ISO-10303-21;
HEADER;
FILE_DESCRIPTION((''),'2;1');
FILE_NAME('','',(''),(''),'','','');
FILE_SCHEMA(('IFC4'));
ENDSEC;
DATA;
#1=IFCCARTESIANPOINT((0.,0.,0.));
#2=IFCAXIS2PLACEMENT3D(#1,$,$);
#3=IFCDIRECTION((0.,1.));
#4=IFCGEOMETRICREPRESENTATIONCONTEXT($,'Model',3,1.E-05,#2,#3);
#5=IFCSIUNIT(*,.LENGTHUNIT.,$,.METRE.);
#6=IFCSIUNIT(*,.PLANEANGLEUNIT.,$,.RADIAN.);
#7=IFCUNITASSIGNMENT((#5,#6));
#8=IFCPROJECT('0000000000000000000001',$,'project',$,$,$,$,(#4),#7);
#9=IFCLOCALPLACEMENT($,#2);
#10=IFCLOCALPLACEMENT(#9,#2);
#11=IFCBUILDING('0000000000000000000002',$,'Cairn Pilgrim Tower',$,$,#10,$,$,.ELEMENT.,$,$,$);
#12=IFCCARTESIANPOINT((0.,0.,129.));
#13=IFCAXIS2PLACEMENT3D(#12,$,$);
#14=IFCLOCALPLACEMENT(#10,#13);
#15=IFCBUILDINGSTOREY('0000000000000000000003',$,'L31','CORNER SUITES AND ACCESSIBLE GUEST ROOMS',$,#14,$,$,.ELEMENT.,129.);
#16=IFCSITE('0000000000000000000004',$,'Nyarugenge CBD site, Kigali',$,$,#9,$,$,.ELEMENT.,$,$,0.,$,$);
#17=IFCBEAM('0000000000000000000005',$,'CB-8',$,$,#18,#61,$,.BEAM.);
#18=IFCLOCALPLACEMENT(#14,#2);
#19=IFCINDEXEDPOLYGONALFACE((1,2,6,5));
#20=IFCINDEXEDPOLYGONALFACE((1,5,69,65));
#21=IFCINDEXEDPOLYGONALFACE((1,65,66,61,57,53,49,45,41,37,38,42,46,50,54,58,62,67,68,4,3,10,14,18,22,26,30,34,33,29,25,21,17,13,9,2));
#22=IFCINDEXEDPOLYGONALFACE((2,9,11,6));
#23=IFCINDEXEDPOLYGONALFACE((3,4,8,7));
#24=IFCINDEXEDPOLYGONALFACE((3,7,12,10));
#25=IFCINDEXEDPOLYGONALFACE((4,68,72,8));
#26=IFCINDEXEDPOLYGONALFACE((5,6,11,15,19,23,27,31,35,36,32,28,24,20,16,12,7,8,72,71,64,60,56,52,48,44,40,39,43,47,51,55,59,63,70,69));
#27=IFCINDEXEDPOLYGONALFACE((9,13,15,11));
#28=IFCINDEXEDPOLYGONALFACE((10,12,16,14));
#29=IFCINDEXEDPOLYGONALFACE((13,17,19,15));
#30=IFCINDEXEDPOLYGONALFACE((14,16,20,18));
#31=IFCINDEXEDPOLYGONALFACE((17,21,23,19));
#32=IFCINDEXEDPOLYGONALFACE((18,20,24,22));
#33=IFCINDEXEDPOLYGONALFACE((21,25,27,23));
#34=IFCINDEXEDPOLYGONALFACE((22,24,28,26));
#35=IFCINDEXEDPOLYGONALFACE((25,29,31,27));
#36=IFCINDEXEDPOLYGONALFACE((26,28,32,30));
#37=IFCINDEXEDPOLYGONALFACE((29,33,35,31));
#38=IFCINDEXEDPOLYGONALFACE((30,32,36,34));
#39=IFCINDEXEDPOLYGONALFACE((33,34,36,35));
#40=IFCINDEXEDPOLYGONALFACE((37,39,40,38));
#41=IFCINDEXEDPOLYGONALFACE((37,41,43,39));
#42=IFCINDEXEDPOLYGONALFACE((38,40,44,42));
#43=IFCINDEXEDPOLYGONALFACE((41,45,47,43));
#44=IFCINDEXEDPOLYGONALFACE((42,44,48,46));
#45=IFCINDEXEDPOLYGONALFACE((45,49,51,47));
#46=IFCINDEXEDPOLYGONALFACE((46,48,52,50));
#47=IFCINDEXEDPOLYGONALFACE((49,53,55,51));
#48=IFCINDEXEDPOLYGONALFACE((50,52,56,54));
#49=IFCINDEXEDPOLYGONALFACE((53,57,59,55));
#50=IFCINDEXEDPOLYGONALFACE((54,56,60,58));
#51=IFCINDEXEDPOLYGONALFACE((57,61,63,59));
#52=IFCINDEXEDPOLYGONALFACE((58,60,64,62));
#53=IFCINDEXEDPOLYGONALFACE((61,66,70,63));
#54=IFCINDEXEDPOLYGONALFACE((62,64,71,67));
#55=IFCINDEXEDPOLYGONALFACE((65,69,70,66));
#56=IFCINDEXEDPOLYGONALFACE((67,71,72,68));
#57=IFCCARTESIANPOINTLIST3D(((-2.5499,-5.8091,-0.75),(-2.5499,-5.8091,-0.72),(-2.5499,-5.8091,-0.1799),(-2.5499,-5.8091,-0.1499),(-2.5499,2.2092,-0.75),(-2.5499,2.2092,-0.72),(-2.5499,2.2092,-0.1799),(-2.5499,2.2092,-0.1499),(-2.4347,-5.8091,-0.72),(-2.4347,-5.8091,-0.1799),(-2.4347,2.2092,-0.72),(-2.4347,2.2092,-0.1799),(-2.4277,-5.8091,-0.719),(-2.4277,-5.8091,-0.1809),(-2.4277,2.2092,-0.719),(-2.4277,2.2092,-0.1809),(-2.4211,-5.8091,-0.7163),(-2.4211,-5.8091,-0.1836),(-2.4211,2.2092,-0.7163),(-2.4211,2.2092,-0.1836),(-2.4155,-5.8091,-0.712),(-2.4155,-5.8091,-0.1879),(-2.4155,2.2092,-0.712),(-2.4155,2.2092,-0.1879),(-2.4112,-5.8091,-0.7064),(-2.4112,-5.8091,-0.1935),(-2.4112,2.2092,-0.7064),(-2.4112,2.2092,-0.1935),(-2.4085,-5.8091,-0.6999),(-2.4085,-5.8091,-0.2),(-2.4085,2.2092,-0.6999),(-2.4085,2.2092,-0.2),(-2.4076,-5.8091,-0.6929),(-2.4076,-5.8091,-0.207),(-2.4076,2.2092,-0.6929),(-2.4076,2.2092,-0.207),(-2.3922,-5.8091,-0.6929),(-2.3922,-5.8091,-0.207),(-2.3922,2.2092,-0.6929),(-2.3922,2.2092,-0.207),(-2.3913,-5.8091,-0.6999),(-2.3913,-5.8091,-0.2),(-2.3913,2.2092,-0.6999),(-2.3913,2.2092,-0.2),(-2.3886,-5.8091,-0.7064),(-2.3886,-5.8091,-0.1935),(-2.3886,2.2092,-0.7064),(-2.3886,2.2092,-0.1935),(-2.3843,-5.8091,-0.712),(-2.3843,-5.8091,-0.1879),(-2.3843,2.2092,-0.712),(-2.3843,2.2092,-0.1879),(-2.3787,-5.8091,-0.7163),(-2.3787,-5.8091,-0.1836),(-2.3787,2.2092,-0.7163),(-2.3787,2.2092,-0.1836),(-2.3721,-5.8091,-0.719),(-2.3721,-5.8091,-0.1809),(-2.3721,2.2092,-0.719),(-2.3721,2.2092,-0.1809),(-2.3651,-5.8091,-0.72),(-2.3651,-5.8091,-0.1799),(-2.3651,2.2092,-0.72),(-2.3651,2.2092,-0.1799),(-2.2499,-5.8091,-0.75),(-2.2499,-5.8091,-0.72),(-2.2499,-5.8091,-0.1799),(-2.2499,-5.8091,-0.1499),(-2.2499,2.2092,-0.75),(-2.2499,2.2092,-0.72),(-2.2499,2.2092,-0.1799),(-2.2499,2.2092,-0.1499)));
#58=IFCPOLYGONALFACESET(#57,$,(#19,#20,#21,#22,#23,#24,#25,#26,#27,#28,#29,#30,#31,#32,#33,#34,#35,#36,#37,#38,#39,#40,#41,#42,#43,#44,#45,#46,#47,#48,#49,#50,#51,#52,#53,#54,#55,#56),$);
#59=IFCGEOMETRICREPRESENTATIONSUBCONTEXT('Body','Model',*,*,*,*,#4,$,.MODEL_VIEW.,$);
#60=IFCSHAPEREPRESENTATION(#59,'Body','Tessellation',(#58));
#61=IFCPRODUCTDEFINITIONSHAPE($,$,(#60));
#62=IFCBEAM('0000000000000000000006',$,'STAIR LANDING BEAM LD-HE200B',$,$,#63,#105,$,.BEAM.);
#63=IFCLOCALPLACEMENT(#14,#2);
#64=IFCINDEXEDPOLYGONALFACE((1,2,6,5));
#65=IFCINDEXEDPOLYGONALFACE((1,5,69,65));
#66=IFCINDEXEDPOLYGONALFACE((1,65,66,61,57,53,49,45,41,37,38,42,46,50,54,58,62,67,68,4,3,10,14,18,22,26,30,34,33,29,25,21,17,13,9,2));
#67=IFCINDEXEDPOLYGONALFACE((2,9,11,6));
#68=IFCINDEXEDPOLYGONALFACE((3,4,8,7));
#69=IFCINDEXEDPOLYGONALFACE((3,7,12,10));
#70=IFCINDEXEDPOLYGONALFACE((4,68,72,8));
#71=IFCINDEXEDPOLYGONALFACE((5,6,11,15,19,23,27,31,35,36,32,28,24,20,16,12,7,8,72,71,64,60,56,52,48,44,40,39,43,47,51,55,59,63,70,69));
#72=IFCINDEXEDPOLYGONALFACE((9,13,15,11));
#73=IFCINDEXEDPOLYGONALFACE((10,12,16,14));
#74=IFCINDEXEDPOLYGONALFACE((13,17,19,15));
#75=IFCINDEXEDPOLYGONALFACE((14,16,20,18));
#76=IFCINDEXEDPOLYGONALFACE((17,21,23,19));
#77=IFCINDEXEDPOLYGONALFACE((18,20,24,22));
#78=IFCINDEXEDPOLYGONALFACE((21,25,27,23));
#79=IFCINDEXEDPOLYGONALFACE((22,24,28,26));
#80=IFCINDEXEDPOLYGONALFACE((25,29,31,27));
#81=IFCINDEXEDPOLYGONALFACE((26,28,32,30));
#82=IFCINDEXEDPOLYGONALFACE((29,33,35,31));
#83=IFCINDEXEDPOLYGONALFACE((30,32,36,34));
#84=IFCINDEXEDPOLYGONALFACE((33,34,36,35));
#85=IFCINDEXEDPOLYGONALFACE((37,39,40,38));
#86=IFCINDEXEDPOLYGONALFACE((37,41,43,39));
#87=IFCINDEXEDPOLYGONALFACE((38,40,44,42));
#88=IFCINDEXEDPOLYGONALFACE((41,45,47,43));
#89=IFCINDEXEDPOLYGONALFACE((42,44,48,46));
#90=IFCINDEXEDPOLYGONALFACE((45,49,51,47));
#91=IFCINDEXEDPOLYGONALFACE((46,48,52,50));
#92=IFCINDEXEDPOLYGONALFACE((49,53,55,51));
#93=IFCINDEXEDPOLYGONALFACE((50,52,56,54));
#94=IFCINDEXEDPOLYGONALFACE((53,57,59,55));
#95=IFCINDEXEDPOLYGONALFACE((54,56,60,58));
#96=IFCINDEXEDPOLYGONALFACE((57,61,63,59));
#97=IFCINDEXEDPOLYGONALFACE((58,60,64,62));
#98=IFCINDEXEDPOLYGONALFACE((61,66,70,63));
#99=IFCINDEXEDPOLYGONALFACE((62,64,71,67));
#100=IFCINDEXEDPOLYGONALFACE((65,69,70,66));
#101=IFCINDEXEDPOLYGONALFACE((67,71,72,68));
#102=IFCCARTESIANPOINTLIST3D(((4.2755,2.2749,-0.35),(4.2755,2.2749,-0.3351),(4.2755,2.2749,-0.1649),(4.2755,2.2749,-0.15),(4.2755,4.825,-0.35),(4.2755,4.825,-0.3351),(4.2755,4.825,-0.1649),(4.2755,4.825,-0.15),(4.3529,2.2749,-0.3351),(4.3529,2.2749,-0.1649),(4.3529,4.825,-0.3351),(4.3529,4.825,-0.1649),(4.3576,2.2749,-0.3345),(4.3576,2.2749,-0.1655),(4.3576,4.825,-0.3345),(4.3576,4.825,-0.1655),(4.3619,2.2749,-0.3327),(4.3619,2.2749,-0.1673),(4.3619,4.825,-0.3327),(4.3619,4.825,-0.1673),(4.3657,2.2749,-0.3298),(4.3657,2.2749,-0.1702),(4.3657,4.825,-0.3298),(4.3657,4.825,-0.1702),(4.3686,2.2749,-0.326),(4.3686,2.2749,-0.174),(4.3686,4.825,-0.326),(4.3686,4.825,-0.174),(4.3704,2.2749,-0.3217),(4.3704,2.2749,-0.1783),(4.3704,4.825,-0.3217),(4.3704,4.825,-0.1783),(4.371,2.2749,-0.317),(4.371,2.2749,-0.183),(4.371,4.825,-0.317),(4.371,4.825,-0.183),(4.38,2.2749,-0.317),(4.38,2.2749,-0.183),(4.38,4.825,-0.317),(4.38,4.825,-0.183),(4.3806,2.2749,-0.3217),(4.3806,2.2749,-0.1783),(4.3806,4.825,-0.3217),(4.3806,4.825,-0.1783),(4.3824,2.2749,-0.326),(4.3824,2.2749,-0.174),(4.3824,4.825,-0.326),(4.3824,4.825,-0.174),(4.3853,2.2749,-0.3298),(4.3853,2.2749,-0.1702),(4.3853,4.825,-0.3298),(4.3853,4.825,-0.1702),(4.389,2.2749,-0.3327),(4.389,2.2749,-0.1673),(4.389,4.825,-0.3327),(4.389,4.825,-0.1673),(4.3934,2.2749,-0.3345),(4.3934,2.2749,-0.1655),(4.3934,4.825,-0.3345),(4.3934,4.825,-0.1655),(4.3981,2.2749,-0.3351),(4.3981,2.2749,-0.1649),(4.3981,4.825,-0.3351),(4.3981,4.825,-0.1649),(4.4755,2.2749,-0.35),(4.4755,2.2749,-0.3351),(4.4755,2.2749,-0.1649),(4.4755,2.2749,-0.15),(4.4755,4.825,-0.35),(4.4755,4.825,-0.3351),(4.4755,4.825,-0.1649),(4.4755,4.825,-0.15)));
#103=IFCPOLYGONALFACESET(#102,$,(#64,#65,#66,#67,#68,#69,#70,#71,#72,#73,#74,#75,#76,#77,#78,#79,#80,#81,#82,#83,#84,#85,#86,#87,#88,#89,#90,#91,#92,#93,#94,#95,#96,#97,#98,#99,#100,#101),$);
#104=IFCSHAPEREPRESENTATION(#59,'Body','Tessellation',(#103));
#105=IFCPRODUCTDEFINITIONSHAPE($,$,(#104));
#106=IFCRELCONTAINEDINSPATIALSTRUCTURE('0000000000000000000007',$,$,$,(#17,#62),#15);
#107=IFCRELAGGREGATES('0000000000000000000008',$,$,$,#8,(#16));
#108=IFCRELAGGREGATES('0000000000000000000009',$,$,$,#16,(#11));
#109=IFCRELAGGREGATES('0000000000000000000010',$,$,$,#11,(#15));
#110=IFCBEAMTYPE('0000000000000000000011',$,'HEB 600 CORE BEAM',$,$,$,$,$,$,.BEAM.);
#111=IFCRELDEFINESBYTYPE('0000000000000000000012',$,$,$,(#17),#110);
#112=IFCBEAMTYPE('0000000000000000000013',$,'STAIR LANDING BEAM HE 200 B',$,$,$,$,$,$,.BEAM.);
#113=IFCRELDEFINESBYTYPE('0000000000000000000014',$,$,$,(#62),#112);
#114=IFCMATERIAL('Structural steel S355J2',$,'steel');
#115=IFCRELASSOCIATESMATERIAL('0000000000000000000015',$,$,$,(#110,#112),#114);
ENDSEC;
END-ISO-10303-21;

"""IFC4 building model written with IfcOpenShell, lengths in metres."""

from ifc_helpers import new_model, si_unit, direction, frame, origin, origin_2d, place, context, subcontext, project, spatial, i_section, extrude, material, material_profile, profile_set, type_object, element, save


model = new_model("IFC4")

# Units and contexts
model_context = context("Model", 3, precision=1e-05, world=origin(), true_north=direction((0.0, 1.0)))
body_context = subcontext(model_context, "Body", "Model", "MODEL_VIEW")
ifc_project = project(units=[si_unit("LENGTHUNIT", "METRE"), si_unit("PLANEANGLEUNIT", "RADIAN")], contexts=[model_context])

# Site, building, storey
site_placement = place(None, origin())
site = spatial("IfcSite", under=ifc_project, at=site_placement, Name="Nyarugenge CBD site, Kigali", CompositionType="ELEMENT", RefElevation=0.0)
building_placement = place(site_placement, origin())
building = spatial("IfcBuilding", under=site, at=building_placement, Name="Cairn Pilgrim Tower", CompositionType="ELEMENT")
storey_placement = place(building_placement, frame((0.0, 0.0, 129.0)))
storey = spatial("IfcBuildingStorey", under=building, at=storey_placement, Name="L31", Description="CORNER SUITES AND ACCESSIBLE GUEST ROOMS", CompositionType="ELEMENT", Elevation=129.0)

# Beams
ifc_material_1 = material(Name="Structural steel S355J2", Category="steel")
ifc_material_profile_1 = material_profile(ifc_material_1, i_section(OverallWidth=0.3, OverallDepth=0.6001, WebThickness=0.0154, FlangeThickness=0.03, FilletRadius=0.0271, at=origin_2d()), Name="HEB 600")
ifc_profile_set_1 = profile_set([ifc_material_profile_1], Name="Structural steel S355J2")
beam_type_1 = type_object("IfcBeamType", Name="HEB 600 CORE BEAM", PredefinedType="BEAM", material=ifc_profile_set_1)
beam_1_placement = place(storey_placement, frame((-2.3999, 2.2092, -0.45), z_axis=(0.0, -1.0, 0.0), x_axis=(1.0, 0.0, 0.0)))
element("IfcBeam", 1, at=beam_1_placement, inside=storey, type_object=beam_type_1, Name="CB-8", PredefinedType="BEAM", context=body_context, shape_type="SweptSolid", body=[
    extrude(i_section(OverallWidth=0.3, OverallDepth=0.6001, WebThickness=0.0154, FlangeThickness=0.03, FilletRadius=0.0271, at=origin_2d()), origin(), (0.0, 0.0, 1.0), 8.0183),
])
ifc_material_profile_2 = material_profile(ifc_material_1, i_section(OverallWidth=0.2, OverallDepth=0.2, WebThickness=0.009, FlangeThickness=0.0149, FilletRadius=0.0181, at=origin_2d()), Name="HE 200 B")
ifc_profile_set_2 = profile_set([ifc_material_profile_2], Name="Structural steel S355J2")
beam_type_2 = type_object("IfcBeamType", Name="STAIR LANDING BEAM HE 200 B", PredefinedType="BEAM", material=ifc_profile_set_2)
beam_2_placement = place(storey_placement, frame((4.3755, 2.2749, -0.25), z_axis=(0.0, 1.0, 0.0), x_axis=(-1.0, 0.0, 0.0)))
element("IfcBeam", 2, at=beam_2_placement, inside=storey, type_object=beam_type_2, Name="STAIR LANDING BEAM LD-HE200B", PredefinedType="BEAM", context=body_context, shape_type="SweptSolid", body=[
    extrude(i_section(OverallWidth=0.2, OverallDepth=0.2, WebThickness=0.009, FlangeThickness=0.0149, FilletRadius=0.0181, at=origin_2d()), origin(), (0.0, 0.0, 1.0), 2.55),
])

save(model, "model.ifc")
